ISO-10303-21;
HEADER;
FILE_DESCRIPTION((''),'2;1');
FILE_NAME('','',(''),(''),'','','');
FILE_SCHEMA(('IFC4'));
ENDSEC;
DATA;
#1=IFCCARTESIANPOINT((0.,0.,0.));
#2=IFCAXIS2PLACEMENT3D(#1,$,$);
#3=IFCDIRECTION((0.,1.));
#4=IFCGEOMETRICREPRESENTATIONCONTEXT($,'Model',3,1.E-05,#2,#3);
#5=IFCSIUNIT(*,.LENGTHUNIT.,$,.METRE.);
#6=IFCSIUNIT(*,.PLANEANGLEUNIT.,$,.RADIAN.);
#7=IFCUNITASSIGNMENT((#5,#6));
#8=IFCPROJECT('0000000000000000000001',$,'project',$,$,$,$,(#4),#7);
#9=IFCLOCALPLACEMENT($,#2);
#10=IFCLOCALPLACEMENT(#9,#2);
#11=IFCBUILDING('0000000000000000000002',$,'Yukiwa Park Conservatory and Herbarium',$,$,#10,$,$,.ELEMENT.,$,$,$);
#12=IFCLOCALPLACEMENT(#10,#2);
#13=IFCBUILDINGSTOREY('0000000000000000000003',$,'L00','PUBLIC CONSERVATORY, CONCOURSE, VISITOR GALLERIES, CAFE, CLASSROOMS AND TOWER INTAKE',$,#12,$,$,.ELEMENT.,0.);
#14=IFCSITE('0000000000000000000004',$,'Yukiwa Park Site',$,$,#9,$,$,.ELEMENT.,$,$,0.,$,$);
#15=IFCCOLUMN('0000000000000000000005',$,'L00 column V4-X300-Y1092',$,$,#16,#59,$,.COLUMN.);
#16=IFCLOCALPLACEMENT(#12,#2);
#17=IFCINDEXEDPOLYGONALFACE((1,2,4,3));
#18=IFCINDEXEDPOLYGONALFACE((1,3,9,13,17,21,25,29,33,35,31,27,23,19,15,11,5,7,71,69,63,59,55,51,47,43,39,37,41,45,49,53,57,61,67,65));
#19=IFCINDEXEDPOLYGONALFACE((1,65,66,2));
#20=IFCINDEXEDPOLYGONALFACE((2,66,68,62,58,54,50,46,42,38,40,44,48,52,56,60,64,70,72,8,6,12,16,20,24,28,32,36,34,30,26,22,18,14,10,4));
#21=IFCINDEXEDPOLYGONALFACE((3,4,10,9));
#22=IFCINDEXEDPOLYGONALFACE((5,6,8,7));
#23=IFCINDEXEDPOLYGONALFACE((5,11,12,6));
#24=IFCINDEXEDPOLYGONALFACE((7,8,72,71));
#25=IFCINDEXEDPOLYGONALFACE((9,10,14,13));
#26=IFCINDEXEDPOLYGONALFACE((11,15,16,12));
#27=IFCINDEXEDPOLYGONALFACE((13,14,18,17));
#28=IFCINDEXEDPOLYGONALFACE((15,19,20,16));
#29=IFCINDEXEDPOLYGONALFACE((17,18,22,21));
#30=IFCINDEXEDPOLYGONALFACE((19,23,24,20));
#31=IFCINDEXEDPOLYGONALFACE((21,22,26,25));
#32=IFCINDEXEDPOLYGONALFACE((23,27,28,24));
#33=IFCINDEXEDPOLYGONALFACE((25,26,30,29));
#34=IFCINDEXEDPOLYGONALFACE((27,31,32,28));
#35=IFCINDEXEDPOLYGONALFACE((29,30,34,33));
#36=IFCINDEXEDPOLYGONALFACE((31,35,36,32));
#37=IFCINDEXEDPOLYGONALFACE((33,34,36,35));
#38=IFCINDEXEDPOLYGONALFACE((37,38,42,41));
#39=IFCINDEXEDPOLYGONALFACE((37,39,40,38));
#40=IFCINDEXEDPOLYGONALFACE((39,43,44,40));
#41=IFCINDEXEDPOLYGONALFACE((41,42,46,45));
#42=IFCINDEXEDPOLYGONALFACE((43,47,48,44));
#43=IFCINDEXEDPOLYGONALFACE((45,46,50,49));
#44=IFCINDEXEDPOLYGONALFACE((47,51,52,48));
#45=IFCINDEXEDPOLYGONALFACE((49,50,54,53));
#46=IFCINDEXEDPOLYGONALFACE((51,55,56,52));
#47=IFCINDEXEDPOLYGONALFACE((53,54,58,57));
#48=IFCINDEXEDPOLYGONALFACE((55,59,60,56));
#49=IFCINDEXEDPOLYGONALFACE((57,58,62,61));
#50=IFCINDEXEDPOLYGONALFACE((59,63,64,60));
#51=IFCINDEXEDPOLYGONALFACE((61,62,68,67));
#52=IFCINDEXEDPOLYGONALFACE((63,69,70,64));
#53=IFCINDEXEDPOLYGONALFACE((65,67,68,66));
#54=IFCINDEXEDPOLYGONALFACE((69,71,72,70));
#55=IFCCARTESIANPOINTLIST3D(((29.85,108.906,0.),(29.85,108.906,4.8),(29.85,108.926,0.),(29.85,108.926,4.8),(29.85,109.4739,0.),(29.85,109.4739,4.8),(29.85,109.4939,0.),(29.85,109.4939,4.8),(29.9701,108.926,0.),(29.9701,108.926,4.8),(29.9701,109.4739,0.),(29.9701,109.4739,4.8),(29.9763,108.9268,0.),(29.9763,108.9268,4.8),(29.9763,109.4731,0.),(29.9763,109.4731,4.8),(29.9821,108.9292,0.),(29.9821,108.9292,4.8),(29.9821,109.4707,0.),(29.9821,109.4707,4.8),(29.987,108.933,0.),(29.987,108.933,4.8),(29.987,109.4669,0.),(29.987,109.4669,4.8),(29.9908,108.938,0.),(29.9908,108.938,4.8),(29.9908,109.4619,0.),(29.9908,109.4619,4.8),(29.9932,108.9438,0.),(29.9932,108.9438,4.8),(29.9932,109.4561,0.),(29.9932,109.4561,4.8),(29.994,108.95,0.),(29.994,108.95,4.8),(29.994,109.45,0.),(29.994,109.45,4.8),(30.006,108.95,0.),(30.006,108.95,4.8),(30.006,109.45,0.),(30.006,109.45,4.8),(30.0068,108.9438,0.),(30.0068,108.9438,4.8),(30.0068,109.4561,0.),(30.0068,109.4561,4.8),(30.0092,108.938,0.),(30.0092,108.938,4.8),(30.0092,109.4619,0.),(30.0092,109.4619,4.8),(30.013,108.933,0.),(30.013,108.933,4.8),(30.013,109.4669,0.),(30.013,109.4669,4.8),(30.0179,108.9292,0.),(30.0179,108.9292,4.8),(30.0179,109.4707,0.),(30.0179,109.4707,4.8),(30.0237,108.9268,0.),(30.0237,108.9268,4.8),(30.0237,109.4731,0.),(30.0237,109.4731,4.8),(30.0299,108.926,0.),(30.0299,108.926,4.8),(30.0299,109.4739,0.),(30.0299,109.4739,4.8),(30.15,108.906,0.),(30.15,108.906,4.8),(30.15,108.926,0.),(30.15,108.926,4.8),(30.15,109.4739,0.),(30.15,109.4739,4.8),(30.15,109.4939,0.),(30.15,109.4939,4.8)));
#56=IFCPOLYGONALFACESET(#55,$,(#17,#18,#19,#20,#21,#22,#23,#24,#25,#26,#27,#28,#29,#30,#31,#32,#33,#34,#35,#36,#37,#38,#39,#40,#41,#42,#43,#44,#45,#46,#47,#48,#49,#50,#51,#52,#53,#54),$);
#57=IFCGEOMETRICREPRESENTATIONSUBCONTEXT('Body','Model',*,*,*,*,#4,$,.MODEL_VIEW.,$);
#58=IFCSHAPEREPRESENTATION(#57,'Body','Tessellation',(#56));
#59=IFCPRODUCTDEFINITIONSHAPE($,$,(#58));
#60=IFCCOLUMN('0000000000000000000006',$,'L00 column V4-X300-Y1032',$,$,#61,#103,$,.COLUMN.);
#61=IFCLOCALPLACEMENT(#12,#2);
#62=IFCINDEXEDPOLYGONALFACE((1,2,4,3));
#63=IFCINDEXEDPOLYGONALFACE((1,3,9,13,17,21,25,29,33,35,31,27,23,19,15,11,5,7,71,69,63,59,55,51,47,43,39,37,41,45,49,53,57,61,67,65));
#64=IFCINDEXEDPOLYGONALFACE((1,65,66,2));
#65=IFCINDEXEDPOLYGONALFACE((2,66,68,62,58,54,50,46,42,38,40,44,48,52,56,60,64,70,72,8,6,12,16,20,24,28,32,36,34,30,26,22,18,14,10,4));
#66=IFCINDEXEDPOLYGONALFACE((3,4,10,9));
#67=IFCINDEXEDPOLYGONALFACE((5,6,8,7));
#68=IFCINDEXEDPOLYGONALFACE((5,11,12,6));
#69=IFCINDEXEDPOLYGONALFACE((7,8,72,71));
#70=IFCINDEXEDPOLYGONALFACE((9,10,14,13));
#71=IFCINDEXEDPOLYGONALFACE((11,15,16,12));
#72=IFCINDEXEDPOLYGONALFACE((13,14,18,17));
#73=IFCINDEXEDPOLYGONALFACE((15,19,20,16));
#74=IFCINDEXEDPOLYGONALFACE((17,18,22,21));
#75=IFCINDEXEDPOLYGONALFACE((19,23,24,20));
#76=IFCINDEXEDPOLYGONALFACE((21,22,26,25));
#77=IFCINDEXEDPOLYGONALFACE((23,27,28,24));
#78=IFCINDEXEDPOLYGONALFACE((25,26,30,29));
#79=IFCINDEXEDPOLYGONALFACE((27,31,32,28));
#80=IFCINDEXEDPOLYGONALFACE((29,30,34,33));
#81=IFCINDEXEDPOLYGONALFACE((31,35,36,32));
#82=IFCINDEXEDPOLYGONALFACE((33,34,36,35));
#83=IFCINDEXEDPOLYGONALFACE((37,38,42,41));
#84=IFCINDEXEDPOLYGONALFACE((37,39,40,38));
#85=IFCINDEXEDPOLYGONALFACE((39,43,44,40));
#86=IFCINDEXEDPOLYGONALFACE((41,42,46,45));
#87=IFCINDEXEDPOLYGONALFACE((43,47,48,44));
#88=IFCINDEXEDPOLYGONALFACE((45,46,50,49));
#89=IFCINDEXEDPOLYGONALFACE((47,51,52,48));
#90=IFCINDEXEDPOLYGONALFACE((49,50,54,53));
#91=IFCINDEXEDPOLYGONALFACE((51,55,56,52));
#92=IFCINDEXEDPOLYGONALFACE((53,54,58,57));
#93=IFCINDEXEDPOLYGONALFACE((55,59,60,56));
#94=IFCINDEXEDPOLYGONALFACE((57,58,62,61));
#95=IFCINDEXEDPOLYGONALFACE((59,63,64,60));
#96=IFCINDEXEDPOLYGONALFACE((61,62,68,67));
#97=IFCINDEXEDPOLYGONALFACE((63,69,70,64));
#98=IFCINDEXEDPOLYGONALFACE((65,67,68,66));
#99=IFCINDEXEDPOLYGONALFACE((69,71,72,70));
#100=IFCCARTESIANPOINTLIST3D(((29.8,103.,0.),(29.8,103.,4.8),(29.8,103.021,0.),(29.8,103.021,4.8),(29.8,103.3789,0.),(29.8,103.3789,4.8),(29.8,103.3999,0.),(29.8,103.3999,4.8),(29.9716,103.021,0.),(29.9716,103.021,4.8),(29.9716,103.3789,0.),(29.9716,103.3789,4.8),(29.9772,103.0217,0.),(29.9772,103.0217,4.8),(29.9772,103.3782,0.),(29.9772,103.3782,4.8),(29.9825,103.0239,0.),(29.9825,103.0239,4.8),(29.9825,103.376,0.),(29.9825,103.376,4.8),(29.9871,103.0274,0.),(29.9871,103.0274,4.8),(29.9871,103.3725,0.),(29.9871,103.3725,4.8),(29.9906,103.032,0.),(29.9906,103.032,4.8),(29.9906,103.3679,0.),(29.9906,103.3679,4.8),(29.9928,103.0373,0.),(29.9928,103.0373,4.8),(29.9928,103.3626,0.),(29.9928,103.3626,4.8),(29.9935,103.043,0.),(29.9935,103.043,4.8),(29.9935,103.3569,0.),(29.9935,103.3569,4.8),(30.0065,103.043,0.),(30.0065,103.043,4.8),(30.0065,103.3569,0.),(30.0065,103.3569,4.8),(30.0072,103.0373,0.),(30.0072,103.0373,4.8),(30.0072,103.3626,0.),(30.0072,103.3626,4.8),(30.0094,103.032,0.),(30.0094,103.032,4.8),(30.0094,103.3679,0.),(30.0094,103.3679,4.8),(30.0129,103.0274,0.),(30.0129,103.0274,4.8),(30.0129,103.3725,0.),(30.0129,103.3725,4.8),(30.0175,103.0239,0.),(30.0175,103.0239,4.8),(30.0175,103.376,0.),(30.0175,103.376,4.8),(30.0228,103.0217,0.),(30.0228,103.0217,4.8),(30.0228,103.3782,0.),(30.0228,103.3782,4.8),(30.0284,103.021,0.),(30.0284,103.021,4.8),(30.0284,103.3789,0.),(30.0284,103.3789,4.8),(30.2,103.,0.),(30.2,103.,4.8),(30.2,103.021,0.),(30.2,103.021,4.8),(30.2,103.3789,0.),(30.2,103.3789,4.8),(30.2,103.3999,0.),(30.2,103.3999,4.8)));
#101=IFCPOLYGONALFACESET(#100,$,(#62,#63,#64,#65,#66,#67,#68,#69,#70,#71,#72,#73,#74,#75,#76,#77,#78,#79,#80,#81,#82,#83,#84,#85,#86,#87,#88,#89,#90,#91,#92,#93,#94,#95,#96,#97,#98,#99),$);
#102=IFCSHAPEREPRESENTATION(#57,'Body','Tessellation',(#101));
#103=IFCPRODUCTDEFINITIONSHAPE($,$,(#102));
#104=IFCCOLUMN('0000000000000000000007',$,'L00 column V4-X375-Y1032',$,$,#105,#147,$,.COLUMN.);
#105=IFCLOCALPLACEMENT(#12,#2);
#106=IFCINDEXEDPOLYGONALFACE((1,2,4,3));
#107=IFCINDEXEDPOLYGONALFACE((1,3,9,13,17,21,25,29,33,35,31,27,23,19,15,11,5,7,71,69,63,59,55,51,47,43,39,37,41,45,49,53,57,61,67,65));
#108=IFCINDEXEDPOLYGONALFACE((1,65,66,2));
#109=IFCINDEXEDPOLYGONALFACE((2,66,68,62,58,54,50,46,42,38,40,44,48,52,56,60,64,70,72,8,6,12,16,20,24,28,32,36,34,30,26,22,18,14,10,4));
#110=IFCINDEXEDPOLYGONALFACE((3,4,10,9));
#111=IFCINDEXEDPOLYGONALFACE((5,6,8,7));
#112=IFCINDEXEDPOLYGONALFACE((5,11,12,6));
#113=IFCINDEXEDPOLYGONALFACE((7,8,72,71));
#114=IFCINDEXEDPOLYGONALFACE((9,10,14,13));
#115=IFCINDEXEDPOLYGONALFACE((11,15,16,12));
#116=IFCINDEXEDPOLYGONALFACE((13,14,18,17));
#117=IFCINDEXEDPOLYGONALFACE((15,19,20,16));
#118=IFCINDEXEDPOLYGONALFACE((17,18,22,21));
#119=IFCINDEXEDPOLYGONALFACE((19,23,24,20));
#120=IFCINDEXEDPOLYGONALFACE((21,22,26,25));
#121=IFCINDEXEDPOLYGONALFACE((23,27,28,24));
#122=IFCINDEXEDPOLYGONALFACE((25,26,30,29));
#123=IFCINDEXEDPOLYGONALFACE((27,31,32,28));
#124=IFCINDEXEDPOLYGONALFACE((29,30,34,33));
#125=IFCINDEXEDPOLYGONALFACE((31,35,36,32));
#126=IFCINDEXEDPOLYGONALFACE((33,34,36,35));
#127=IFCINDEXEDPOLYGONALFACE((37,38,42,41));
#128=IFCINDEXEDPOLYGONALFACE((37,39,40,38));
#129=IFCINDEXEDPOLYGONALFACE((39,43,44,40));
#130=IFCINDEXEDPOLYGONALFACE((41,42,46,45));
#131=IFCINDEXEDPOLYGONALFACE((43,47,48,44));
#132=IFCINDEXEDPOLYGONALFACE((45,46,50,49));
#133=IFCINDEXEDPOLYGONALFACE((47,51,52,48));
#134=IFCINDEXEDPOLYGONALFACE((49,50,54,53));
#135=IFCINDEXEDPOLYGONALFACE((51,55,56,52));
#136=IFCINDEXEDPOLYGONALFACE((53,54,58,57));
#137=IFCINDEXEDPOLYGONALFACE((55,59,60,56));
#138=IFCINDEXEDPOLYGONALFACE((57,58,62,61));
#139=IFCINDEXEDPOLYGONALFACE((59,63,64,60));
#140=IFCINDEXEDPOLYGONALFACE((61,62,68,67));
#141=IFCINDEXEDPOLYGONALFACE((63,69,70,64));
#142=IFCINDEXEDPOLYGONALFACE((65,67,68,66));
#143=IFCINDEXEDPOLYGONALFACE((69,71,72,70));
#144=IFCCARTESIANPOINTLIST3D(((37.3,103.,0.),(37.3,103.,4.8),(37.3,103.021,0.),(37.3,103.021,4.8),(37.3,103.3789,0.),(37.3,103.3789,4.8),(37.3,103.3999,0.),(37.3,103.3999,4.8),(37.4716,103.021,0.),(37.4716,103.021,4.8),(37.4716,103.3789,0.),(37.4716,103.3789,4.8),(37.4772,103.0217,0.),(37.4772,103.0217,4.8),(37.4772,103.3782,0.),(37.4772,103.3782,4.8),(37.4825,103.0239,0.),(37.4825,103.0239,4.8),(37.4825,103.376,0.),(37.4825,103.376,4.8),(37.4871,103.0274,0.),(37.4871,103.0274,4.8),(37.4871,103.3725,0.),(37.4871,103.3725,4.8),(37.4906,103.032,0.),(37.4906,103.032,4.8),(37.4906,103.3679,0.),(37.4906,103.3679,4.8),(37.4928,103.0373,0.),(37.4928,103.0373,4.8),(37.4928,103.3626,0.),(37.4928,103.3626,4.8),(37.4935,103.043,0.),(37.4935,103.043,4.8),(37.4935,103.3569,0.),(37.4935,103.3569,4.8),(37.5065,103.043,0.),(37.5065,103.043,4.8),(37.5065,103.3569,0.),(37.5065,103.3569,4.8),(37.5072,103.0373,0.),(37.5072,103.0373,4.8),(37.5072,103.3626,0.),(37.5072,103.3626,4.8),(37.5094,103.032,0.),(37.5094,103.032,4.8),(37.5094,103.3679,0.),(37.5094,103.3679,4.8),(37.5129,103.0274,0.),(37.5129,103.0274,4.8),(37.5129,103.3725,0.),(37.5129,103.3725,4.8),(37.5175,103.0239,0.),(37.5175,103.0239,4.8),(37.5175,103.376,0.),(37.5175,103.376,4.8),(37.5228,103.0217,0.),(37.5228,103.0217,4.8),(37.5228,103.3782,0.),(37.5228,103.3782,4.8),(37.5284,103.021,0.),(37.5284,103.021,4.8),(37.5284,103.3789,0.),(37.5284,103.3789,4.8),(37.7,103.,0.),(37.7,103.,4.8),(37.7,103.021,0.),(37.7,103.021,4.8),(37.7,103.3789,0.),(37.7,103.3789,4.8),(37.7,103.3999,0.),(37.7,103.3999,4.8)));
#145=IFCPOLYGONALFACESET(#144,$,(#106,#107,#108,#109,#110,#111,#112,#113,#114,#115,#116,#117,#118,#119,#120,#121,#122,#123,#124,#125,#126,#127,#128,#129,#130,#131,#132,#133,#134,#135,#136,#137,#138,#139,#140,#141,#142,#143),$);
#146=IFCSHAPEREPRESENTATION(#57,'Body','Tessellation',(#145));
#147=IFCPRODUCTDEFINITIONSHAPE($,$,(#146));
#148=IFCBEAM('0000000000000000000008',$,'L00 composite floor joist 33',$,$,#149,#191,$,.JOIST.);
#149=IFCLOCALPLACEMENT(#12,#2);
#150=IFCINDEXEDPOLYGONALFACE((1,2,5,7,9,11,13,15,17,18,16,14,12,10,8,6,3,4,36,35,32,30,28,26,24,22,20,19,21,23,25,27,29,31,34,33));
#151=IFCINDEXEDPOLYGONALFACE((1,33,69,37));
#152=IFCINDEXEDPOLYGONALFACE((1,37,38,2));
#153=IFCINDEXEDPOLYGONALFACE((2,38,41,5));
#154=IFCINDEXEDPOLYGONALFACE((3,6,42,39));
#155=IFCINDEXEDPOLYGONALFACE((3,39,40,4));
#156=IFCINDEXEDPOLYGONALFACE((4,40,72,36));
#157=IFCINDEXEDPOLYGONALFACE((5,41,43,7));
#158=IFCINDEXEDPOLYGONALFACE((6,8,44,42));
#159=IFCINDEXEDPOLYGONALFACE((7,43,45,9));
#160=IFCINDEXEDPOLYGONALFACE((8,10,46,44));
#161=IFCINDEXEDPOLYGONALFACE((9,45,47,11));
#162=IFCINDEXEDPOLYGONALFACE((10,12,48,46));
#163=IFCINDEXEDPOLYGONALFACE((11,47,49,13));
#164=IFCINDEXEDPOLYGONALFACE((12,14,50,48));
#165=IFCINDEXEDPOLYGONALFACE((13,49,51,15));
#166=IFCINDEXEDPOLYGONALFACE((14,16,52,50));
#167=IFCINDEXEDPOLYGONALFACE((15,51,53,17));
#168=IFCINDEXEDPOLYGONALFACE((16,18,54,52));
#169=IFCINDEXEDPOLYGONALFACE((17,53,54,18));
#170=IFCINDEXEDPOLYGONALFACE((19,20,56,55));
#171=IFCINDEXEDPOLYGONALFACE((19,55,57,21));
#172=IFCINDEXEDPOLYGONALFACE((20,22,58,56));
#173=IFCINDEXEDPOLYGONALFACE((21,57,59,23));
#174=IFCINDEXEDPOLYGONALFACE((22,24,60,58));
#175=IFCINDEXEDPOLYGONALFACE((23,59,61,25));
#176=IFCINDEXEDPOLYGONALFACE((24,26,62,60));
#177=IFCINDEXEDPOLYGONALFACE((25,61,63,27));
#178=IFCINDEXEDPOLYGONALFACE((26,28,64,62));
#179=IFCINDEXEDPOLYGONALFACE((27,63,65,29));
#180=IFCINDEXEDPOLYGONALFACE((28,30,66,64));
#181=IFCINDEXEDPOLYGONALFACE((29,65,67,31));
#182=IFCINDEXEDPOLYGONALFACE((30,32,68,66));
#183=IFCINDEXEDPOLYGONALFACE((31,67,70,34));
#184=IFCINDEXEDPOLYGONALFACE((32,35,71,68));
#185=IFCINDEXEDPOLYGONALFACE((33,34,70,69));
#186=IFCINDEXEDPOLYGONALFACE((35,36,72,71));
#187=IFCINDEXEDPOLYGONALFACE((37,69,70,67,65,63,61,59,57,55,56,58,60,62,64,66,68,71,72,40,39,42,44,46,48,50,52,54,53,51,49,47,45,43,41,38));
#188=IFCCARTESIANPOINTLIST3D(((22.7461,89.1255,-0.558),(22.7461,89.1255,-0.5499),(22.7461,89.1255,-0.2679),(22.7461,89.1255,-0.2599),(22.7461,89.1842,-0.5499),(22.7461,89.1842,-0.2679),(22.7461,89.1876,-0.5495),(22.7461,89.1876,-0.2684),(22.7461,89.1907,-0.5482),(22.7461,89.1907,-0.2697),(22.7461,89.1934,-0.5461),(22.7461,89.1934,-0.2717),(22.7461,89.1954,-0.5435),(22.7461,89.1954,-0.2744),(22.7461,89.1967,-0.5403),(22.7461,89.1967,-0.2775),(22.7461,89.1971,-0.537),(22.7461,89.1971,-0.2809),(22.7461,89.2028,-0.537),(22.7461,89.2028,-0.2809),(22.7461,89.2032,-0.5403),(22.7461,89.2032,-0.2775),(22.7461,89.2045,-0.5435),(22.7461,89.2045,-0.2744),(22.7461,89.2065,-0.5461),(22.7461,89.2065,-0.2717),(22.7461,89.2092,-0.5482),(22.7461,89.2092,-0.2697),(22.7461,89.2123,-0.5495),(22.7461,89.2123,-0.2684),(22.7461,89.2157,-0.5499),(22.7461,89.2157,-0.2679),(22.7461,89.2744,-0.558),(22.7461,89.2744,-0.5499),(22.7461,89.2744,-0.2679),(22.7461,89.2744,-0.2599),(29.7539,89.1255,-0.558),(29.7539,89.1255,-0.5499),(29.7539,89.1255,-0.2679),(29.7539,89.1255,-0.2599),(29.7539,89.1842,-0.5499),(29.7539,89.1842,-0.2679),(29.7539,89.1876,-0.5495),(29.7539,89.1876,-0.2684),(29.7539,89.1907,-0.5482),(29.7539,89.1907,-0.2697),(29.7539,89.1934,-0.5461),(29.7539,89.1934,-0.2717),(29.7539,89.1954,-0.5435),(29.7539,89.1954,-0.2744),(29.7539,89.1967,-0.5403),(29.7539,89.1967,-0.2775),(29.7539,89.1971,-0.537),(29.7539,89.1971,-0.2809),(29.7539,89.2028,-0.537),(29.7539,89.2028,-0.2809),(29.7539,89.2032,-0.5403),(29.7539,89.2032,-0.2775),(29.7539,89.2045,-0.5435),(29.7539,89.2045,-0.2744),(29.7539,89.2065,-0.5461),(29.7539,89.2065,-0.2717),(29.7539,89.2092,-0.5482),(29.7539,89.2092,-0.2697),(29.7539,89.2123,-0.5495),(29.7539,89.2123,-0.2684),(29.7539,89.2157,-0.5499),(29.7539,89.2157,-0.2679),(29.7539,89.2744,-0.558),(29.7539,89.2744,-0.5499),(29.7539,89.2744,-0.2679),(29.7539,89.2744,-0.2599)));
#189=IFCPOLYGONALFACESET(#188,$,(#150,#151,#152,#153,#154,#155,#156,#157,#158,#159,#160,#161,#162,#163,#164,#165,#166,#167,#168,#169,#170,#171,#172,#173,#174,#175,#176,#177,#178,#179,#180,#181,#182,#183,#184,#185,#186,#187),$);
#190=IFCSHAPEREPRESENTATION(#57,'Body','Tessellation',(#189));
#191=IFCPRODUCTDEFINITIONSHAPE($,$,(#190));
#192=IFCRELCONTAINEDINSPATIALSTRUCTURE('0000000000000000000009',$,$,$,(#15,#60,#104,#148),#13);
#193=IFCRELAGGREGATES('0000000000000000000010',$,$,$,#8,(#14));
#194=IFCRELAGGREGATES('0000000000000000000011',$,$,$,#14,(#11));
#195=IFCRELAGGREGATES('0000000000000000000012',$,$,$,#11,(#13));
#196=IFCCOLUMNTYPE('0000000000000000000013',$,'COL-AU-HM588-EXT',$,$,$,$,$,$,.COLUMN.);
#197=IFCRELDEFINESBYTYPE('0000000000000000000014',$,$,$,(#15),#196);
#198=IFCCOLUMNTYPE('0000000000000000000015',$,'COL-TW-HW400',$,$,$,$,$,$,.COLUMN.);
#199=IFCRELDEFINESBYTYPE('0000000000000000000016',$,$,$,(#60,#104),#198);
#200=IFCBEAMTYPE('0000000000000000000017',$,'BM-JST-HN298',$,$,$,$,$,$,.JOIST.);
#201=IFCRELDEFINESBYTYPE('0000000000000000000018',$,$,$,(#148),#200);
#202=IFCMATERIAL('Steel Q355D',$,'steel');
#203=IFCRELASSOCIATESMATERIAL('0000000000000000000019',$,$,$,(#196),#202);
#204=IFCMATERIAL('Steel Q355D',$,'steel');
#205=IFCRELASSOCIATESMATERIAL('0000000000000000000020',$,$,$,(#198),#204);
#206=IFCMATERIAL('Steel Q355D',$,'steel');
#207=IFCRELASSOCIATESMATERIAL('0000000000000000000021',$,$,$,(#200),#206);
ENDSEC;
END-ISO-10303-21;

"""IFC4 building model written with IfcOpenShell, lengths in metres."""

from ifc_helpers import new_model, si_unit, direction, frame, origin, origin_2d, place, context, subcontext, project, spatial, i_section, extrude, material, material_profile, profile_set, type_object, element, save


model = new_model("IFC4")

# Units and contexts
model_context = context("Model", 3, precision=1e-05, world=origin(), true_north=direction((0.0, 1.0)))
body_context = subcontext(model_context, "Body", "Model", "MODEL_VIEW")
ifc_project = project(units=[si_unit("LENGTHUNIT", "METRE"), si_unit("PLANEANGLEUNIT", "RADIAN")], contexts=[model_context])

# Site, building, storey
site_placement = place(None, origin())
site = spatial("IfcSite", under=ifc_project, at=site_placement, Name="Yukiwa Park Site", CompositionType="ELEMENT", RefElevation=0.0)
building_placement = place(site_placement, origin())
building = spatial("IfcBuilding", under=site, at=building_placement, Name="Yukiwa Park Conservatory and Herbarium", CompositionType="ELEMENT")
storey_placement = place(building_placement, origin())
storey = spatial("IfcBuildingStorey", under=building, at=storey_placement, Name="L00", Description="PUBLIC CONSERVATORY, CONCOURSE, VISITOR GALLERIES, CAFE, CLASSROOMS AND TOWER INTAKE", CompositionType="ELEMENT", Elevation=0.0)

# Columns
ifc_material_1 = material(Name="Steel Q355D", Category="steel")
ifc_material_profile_1 = material_profile(ifc_material_1, i_section(OverallWidth=0.3, OverallDepth=0.5879, WebThickness=0.012, FlangeThickness=0.02, FilletRadius=0.0239, at=origin_2d()), Name="HM 588x300x12x20")
ifc_profile_set_1 = profile_set([ifc_material_profile_1], Name="Steel Q355D")
column_type_1 = type_object("IfcColumnType", Name="COL-AU-HM588-EXT", PredefinedType="COLUMN", material=ifc_profile_set_1)
column_placement = place(storey_placement, frame((30.0, 109.2, 0.0), z_axis=(0.0, 0.0, 1.0), x_axis=(1.0, 0.0, 0.0)))
element("IfcColumn", 1, at=column_placement, inside=storey, type_object=column_type_1, Name="L00 column V4-X300-Y1092", PredefinedType="COLUMN", context=body_context, shape_type="SweptSolid", body=[
    extrude(i_section(OverallWidth=0.3, OverallDepth=0.5879, WebThickness=0.012, FlangeThickness=0.02, FilletRadius=0.0239, at=origin_2d()), origin(), (0.0, 0.0, 1.0), 4.8),
])
ifc_material_2 = material(Name="Steel Q355D", Category="steel")
ifc_material_profile_2 = material_profile(ifc_material_2, i_section(OverallWidth=0.3999, OverallDepth=0.3999, WebThickness=0.0129, FlangeThickness=0.021, FilletRadius=0.022, at=origin_2d()), Name="HW 400x400x13x21")
ifc_profile_set_2 = profile_set([ifc_material_profile_2], Name="Steel Q355D")
column_type_2 = type_object("IfcColumnType", Name="COL-TW-HW400", PredefinedType="COLUMN", material=ifc_profile_set_2)
for number, where, z_axis, x_axis, name in (
    (2, (30.0, 103.2, 0.0), (0.0, 0.0, 1.0), (1.0, 0.0, 0.0), "L00 column V4-X300-Y1032"),
    (3, (37.5, 103.2, 0.0), (0.0, 0.0, 1.0), (1.0, 0.0, 0.0), "L00 column V4-X375-Y1032"),
):
    element("IfcColumn", number, at=place(storey_placement, frame(where, z_axis=z_axis, x_axis=x_axis)), inside=storey, type_object=column_type_2, Name=name, PredefinedType="COLUMN", context=body_context, shape_type="SweptSolid", body=[
        extrude(i_section(OverallWidth=0.3999, OverallDepth=0.3999, WebThickness=0.0129, FlangeThickness=0.021, FilletRadius=0.022, at=origin_2d()), origin(), (0.0, 0.0, 1.0), 4.8),
    ])

# Beam
ifc_material_3 = material(Name="Steel Q355D", Category="steel")
ifc_material_profile_3 = material_profile(ifc_material_3, i_section(OverallWidth=0.1489, OverallDepth=0.2981, WebThickness=0.0056, FlangeThickness=0.0081, FilletRadius=0.0129, at=origin_2d()), Name="HN 298x149x5.5x8")
ifc_profile_set_3 = profile_set([ifc_material_profile_3], Name="Steel Q355D")
beam_type_1 = type_object("IfcBeamType", Name="BM-JST-HN298", PredefinedType="JOIST", material=ifc_profile_set_3)
for number, where, z_axis, x_axis, name in (
    (4, (22.7461, 89.2, -0.4089), (1.0, 0.0, 0.0), (0.0, 1.0, 0.0), "L00 composite floor joist 33"),
):
    element("IfcBeam", number, at=place(storey_placement, frame(where, z_axis=z_axis, x_axis=x_axis)), inside=storey, type_object=beam_type_1, Name=name, PredefinedType="JOIST", context=body_context, shape_type="SweptSolid", body=[
        extrude(i_section(OverallWidth=0.1489, OverallDepth=0.2981, WebThickness=0.0056, FlangeThickness=0.0081, FilletRadius=0.0129, at=origin_2d()), origin(), (0.0, 0.0, 1.0), 7.0078),
    ])

save(model, "model.ifc")
